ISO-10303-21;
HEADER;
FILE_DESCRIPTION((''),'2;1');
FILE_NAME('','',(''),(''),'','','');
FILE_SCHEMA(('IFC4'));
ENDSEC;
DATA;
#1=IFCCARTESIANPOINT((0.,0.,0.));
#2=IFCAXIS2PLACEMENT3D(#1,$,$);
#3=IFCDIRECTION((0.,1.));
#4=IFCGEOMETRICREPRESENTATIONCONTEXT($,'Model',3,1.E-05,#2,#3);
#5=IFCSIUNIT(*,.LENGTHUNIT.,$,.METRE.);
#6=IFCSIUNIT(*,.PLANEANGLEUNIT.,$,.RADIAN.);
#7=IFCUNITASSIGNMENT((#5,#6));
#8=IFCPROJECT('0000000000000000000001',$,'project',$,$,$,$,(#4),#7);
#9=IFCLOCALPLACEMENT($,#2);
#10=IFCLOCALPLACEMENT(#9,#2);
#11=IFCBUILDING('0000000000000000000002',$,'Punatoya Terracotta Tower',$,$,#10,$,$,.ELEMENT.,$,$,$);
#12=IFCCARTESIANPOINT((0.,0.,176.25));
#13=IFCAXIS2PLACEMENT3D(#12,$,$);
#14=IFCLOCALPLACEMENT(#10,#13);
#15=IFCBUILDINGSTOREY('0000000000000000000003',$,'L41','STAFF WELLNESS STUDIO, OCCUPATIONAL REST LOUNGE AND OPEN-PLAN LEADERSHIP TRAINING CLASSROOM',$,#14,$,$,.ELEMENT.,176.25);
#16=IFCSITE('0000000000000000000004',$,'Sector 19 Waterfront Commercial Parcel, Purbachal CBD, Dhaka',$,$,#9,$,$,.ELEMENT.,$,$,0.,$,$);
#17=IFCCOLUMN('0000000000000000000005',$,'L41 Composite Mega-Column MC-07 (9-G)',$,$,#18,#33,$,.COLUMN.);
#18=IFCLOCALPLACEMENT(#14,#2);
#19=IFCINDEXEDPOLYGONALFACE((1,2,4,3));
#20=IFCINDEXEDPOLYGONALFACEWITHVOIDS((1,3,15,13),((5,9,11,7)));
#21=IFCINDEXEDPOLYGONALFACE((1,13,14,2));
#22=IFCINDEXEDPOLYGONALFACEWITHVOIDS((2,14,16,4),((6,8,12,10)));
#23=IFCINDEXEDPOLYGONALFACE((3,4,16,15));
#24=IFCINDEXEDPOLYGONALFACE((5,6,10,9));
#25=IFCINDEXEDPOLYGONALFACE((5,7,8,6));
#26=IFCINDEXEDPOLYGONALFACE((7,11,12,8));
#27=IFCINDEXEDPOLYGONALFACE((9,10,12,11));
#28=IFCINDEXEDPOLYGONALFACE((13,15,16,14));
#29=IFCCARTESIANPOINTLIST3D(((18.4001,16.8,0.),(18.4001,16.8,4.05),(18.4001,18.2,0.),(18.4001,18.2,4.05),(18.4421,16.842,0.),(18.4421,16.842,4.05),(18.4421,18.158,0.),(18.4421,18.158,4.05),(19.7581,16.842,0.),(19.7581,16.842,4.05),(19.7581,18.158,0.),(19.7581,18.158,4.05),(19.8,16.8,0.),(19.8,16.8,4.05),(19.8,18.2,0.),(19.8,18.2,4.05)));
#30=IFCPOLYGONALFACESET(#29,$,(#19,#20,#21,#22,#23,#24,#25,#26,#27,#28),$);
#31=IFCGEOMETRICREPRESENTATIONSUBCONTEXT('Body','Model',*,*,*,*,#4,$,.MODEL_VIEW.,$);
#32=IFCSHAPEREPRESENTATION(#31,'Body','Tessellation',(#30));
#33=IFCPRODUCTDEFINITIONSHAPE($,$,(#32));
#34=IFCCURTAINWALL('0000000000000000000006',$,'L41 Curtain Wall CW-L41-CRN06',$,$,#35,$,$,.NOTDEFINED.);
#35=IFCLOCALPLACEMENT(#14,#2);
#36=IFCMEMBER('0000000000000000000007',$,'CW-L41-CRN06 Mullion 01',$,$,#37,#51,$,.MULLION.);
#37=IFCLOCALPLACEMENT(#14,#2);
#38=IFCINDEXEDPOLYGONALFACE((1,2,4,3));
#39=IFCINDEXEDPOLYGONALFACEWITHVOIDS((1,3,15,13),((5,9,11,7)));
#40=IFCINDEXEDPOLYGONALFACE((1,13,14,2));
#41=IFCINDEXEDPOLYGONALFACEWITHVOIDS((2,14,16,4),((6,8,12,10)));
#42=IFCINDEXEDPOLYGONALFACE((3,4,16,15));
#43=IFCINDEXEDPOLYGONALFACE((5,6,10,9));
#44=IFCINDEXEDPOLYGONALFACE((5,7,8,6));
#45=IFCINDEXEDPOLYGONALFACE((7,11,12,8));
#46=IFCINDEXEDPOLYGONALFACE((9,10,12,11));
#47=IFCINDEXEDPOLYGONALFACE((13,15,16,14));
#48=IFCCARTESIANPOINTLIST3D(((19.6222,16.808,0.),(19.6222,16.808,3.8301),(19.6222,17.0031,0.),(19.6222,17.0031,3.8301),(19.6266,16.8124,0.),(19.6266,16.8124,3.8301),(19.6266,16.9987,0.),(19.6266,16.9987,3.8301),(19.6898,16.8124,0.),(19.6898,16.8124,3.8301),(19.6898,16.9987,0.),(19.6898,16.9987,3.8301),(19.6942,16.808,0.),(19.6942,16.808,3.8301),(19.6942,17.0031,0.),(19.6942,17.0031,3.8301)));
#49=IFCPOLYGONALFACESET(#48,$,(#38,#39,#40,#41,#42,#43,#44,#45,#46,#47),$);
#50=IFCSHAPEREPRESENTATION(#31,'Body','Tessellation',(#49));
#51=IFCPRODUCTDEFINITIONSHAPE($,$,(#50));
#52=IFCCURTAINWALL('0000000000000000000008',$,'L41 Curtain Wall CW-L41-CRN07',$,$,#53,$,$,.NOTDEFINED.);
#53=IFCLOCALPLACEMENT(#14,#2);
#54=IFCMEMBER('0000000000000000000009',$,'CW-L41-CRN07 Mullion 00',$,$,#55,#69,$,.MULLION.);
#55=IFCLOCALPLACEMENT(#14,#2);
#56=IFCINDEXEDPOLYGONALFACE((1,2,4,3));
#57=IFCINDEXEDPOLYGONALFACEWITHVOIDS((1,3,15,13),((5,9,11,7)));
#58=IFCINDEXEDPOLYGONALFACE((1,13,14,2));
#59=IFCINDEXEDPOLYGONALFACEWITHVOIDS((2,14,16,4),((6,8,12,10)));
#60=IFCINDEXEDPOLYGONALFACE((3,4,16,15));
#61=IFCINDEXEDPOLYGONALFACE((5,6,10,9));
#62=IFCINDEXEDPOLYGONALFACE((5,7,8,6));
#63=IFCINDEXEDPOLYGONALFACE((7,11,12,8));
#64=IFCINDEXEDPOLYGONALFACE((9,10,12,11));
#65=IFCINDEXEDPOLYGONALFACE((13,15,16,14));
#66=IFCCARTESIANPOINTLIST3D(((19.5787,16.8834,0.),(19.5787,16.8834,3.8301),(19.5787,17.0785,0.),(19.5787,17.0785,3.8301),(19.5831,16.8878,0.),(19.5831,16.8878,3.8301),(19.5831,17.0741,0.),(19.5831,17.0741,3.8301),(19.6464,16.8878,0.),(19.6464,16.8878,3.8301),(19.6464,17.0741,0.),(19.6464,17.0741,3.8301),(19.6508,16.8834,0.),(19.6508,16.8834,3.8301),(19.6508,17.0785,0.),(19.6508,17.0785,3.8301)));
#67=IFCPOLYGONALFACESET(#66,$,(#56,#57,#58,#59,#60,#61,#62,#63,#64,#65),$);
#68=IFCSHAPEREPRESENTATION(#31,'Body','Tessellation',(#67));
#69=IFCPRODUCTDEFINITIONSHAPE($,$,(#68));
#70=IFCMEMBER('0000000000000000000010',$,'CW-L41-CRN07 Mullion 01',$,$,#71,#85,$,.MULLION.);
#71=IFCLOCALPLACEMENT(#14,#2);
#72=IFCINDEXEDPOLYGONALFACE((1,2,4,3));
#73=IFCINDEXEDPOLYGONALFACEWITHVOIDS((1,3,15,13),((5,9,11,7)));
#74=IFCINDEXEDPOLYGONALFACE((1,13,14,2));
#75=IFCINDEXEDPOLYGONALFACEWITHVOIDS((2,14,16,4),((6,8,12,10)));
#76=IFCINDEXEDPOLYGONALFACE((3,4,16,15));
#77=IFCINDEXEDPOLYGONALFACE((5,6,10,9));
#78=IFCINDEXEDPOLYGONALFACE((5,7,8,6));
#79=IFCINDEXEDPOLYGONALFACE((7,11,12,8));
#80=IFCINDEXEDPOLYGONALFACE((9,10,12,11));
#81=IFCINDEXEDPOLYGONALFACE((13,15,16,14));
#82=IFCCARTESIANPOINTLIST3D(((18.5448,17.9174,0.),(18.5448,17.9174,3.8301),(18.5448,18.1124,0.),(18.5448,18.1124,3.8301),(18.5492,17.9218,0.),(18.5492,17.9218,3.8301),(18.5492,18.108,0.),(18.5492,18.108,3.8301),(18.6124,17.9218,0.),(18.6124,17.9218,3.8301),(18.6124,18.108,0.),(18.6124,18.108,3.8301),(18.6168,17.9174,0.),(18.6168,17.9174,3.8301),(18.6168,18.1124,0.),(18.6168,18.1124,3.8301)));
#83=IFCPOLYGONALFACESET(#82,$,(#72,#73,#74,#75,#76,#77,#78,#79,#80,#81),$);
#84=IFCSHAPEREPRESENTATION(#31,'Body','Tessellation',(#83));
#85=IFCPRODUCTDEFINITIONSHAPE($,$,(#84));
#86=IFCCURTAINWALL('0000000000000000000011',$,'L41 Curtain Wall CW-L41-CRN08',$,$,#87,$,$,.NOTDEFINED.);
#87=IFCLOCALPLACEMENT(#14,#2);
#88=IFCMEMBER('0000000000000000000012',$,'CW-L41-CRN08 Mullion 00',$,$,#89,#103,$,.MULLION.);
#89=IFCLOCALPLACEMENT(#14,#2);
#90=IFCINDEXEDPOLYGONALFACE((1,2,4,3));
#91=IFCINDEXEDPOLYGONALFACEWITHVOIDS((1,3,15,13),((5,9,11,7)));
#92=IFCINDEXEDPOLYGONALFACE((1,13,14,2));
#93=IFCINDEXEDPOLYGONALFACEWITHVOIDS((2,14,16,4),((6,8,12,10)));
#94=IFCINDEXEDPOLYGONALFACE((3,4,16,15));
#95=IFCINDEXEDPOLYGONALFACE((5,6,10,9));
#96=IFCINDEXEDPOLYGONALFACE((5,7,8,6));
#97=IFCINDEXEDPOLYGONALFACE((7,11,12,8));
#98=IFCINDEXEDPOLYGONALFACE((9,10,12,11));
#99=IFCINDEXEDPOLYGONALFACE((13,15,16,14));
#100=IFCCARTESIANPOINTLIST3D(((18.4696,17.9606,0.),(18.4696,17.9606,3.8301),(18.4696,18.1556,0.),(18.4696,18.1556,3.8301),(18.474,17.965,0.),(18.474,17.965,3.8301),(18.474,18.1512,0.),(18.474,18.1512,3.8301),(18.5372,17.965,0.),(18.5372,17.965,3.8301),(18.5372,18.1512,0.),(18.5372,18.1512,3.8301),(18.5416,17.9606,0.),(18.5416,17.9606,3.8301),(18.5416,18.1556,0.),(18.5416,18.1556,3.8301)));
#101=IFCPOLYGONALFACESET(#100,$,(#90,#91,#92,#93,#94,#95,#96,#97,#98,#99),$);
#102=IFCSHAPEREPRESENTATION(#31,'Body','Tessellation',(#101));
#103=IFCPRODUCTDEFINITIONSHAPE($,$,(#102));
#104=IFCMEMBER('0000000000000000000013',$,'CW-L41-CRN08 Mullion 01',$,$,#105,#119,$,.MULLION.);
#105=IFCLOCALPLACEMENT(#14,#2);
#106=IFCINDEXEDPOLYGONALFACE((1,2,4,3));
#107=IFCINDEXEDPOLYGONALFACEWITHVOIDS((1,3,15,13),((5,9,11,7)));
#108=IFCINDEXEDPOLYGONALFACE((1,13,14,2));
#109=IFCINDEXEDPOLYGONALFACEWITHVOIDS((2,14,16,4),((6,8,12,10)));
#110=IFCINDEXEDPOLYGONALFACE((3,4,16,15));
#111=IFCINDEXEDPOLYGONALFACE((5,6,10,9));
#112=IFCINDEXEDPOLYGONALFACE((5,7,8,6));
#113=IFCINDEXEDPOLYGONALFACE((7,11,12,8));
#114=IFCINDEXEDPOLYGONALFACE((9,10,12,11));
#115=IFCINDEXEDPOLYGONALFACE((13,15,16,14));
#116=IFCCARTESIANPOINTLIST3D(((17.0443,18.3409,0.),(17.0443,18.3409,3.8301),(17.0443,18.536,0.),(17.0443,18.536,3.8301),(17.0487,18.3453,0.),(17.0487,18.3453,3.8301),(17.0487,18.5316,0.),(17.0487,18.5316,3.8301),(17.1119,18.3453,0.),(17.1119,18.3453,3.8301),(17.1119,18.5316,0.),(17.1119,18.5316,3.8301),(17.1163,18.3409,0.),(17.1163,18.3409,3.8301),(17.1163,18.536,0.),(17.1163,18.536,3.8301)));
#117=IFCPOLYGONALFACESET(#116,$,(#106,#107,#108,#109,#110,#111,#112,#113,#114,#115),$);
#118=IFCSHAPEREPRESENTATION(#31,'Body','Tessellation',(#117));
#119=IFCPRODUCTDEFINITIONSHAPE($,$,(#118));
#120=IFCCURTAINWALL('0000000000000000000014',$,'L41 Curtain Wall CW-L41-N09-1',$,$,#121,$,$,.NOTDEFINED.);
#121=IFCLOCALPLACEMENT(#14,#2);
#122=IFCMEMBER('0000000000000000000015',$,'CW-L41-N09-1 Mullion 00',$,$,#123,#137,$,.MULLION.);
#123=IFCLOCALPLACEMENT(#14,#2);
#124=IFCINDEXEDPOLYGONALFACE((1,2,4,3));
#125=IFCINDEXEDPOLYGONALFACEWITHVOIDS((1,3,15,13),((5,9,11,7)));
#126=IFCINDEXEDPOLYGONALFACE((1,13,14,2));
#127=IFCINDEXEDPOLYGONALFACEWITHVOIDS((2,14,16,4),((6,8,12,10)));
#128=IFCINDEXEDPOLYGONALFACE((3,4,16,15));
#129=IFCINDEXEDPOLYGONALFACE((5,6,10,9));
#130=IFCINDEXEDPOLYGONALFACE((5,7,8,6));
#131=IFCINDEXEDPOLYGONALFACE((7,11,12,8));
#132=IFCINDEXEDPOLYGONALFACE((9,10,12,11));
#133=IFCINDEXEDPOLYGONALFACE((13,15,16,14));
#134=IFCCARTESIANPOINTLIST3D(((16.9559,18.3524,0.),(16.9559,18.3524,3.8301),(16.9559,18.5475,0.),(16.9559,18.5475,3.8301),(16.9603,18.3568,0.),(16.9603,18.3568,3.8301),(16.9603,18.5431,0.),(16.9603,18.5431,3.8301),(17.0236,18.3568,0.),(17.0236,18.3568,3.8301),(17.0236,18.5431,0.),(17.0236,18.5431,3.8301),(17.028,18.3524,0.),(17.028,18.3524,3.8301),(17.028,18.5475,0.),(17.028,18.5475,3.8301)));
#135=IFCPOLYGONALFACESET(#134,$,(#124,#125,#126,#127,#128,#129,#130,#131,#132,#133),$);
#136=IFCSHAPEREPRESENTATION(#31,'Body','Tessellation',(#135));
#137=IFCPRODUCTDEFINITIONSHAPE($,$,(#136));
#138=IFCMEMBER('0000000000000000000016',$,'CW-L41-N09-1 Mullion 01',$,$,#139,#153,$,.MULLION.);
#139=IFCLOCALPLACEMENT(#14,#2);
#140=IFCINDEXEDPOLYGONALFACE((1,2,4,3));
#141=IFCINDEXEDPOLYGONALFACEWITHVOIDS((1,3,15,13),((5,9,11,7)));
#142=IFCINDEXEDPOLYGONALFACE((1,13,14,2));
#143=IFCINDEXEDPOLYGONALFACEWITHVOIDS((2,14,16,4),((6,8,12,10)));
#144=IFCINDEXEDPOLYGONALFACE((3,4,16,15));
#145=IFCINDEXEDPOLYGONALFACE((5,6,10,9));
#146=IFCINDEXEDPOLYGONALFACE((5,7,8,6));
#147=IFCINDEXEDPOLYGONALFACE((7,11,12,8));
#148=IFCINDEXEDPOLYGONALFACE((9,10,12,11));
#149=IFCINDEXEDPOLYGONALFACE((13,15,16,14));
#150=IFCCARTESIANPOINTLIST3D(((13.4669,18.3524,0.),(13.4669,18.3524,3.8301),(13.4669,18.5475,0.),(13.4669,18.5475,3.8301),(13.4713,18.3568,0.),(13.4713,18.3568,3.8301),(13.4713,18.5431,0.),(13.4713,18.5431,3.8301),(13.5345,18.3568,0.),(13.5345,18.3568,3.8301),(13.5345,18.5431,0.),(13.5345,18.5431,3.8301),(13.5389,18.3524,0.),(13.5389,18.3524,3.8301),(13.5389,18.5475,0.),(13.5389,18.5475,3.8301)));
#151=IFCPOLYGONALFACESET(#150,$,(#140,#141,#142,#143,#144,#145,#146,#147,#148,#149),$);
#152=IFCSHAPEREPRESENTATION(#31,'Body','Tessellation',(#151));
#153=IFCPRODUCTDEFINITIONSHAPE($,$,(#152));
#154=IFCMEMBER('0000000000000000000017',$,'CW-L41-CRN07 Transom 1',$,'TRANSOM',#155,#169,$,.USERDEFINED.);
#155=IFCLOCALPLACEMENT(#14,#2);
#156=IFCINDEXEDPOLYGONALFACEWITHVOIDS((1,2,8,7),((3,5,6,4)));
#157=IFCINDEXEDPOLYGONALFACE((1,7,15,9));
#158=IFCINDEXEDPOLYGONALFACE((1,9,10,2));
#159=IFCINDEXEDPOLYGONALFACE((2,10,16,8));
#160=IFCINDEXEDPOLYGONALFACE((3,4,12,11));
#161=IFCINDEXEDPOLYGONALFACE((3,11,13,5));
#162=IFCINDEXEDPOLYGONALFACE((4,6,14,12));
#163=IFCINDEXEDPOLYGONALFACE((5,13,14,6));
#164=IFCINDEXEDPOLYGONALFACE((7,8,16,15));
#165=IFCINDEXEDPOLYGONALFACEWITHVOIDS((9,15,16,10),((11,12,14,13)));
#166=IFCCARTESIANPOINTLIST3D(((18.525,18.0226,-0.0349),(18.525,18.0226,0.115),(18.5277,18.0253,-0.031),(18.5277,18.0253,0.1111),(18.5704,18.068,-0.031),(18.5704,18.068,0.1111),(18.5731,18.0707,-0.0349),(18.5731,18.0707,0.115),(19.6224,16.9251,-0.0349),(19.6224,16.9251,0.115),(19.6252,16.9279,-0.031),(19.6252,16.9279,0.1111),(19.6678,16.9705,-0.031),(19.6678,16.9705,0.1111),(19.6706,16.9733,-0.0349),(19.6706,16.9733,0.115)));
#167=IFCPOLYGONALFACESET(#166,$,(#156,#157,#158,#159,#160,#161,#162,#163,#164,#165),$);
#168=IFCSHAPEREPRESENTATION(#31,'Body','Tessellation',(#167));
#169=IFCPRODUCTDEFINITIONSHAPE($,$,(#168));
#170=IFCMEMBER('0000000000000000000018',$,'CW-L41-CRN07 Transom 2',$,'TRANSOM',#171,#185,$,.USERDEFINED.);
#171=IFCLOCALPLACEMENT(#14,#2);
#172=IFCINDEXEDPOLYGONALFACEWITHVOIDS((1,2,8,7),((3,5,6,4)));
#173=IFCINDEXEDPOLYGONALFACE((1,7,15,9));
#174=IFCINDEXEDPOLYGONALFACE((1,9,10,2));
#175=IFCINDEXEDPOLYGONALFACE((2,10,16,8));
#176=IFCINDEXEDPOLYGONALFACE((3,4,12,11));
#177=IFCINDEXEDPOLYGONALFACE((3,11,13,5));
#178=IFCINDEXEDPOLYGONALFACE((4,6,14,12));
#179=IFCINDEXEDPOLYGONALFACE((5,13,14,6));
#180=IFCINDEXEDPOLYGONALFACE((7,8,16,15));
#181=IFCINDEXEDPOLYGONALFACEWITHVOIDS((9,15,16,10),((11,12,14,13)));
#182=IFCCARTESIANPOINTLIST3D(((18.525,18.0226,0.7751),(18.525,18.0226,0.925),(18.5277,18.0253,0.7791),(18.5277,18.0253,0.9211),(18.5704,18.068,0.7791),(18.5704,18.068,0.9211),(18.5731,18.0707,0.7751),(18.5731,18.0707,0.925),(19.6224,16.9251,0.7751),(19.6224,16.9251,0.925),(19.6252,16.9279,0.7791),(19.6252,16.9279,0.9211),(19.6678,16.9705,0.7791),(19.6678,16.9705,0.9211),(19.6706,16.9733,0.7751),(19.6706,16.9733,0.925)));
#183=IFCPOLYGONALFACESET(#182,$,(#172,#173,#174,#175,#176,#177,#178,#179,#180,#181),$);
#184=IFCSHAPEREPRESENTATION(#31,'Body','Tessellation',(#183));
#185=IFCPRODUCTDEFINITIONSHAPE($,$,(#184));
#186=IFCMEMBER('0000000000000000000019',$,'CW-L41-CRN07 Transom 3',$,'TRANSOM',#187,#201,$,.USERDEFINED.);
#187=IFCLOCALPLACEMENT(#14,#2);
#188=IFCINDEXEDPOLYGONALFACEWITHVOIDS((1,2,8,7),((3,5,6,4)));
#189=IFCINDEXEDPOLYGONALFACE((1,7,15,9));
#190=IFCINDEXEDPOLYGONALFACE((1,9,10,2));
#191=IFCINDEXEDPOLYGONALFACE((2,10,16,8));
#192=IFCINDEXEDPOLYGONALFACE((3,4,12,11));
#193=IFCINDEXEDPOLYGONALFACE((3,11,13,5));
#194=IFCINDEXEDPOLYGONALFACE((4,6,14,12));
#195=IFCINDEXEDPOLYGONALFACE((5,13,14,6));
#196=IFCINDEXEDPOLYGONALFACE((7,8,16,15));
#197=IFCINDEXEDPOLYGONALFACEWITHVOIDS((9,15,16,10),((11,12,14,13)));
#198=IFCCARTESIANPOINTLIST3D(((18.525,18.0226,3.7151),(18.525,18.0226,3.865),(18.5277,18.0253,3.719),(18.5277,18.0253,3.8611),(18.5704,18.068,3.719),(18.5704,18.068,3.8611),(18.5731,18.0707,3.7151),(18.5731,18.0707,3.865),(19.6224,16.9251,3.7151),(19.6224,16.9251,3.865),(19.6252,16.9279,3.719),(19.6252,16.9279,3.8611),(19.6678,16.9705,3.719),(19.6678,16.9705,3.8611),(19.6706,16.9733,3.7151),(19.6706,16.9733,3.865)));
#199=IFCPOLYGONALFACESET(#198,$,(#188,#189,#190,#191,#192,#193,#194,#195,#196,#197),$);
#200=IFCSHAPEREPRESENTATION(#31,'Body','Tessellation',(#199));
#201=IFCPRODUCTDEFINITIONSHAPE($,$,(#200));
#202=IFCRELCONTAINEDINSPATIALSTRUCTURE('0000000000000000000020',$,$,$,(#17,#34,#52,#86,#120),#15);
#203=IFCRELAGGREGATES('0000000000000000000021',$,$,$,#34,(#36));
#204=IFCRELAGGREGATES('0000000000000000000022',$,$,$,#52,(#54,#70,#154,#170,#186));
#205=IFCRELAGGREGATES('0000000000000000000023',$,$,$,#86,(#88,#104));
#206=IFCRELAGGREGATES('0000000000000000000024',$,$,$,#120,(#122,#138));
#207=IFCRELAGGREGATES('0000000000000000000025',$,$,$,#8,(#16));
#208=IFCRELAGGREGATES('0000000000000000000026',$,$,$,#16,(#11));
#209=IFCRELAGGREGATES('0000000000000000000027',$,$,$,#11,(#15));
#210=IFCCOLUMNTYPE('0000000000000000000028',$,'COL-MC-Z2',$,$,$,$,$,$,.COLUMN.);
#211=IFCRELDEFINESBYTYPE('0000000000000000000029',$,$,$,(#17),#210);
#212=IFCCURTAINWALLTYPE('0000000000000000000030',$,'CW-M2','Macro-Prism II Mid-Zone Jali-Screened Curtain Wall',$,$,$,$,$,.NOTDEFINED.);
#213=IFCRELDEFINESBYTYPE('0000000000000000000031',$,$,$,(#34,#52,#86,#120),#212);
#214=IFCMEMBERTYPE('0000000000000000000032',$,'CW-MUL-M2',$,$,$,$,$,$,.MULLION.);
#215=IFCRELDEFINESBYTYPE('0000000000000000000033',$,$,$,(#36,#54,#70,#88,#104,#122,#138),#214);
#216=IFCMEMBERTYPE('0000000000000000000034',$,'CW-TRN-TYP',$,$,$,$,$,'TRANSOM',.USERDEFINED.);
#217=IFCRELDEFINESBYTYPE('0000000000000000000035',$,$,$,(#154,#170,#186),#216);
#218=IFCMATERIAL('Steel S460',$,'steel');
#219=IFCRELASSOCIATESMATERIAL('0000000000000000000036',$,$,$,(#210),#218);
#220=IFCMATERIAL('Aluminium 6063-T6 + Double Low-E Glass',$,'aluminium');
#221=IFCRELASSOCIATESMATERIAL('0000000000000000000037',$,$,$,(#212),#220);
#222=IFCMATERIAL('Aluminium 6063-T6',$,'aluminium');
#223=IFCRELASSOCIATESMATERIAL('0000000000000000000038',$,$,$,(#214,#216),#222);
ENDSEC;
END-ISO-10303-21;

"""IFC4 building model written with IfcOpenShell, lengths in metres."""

from ifc_helpers import new_model, si_unit, direction, frame, origin, origin_2d, place, context, subcontext, project, spatial, hollow_rectangle, extrude, material, material_profile, profile_set, type_object, element, aggregate, save


model = new_model("IFC4")

# Units and contexts
model_context = context("Model", 3, precision=1e-05, world=origin(), true_north=direction((0.0, 1.0)))
body_context = subcontext(model_context, "Body", "Model", "MODEL_VIEW")
ifc_project = project(units=[si_unit("LENGTHUNIT", "METRE"), si_unit("PLANEANGLEUNIT", "RADIAN")], contexts=[model_context])

# Site, building, storey
site_placement = place(None, origin())
site = spatial("IfcSite", under=ifc_project, at=site_placement, Name="Sector 19 Waterfront Commercial Parcel, Purbachal CBD, Dhaka", CompositionType="ELEMENT", RefElevation=0.0)
building_placement = place(site_placement, origin())
building = spatial("IfcBuilding", under=site, at=building_placement, Name="Punatoya Terracotta Tower", CompositionType="ELEMENT")
storey_placement = place(building_placement, frame((0.0, 0.0, 176.25)))
storey = spatial("IfcBuildingStorey", under=building, at=storey_placement, Name="L41", Description="STAFF WELLNESS STUDIO, OCCUPATIONAL REST LOUNGE AND OPEN-PLAN LEADERSHIP TRAINING CLASSROOM", CompositionType="ELEMENT", Elevation=176.25)

# Column
ifc_material_1 = material(Name="Steel S460", Category="steel")
ifc_material_profile_1 = material_profile(ifc_material_1, hollow_rectangle(XDim=1.3999, YDim=1.3999, WallThickness=0.042, at=origin_2d()))
ifc_profile_set_1 = profile_set([ifc_material_profile_1], Name="Steel S460")
column_type = type_object("IfcColumnType", Name="COL-MC-Z2", PredefinedType="COLUMN", material=ifc_profile_set_1)
column_placement = place(storey_placement, frame((19.1001, 17.5, 0.0), z_axis=(0.0, 0.0, 1.0), x_axis=(1.0, 0.0, 0.0)))
element("IfcColumn", 1, at=column_placement, inside=storey, type_object=column_type, Name="L41 Composite Mega-Column MC-07 (9-G)", PredefinedType="COLUMN", context=body_context, shape_type="SweptSolid", body=[
    extrude(hollow_rectangle(XDim=1.3999, YDim=1.3999, WallThickness=0.042, at=origin_2d()), origin(), (0.0, 0.0, 1.0), 4.05),
])

# Curtain wall, member
ifc_material_2 = material(Name="Aluminium 6063-T6 + Double Low-E Glass", Category="aluminium")
curtain_wall_type = type_object("IfcCurtainWallType", Name="CW-M2", Description="Macro-Prism II Mid-Zone Jali-Screened Curtain Wall", PredefinedType="NOTDEFINED", material=ifc_material_2)
curtain_wall_1_placement = place(storey_placement, origin())
curtain_wall_1 = element("IfcCurtainWall", 2, at=curtain_wall_1_placement, inside=storey, type_object=curtain_wall_type, Name="L41 Curtain Wall CW-L41-CRN06", PredefinedType="NOTDEFINED")
ifc_material_3 = material(Name="Aluminium 6063-T6", Category="aluminium")
ifc_material_profile_2 = material_profile(ifc_material_3, hollow_rectangle(XDim=0.072, YDim=0.1951, WallThickness=0.0044, at=origin_2d()))
ifc_profile_set_2 = profile_set([ifc_material_profile_2], Name="Aluminium 6063-T6")
member_type_1 = type_object("IfcMemberType", Name="CW-MUL-M2", PredefinedType="MULLION", material=ifc_profile_set_2)
member_1_placement = place(storey_placement, frame((19.6582, 16.9055, 0.0), z_axis=(0.0, 0.0, 1.0), x_axis=(1.0, 0.0, 0.0)))
member_1 = element("IfcMember", 3, at=member_1_placement, type_object=member_type_1, Name="CW-L41-CRN06 Mullion 01", PredefinedType="MULLION", context=body_context, shape_type="SweptSolid", body=[
    extrude(hollow_rectangle(XDim=0.072, YDim=0.1951, WallThickness=0.0044, at=origin_2d()), origin(), (0.0, 0.0, 1.0), 3.8301),
])

# Curtain walls, members
curtain_wall_2_placement = place(storey_placement, origin())
curtain_wall_2 = element("IfcCurtainWall", 4, at=curtain_wall_2_placement, inside=storey, type_object=curtain_wall_type, Name="L41 Curtain Wall CW-L41-CRN07", PredefinedType="NOTDEFINED")
member_2_placement = place(storey_placement, frame((19.6147, 16.981, 0.0), z_axis=(0.0, 0.0, 1.0), x_axis=(1.0, 0.0, 0.0)))
member_2 = element("IfcMember", 5, at=member_2_placement, type_object=member_type_1, Name="CW-L41-CRN07 Mullion 00", PredefinedType="MULLION", context=body_context, shape_type="SweptSolid", body=[
    extrude(hollow_rectangle(XDim=0.072, YDim=0.1951, WallThickness=0.0044, at=origin_2d()), origin(), (0.0, 0.0, 1.0), 3.8301),
])
member_3_placement = place(storey_placement, frame((18.5808, 18.0149, 0.0), z_axis=(0.0, 0.0, 1.0), x_axis=(1.0, 0.0, 0.0)))
member_3 = element("IfcMember", 6, at=member_3_placement, type_object=member_type_1, Name="CW-L41-CRN07 Mullion 01", PredefinedType="MULLION", context=body_context, shape_type="SweptSolid", body=[
    extrude(hollow_rectangle(XDim=0.072, YDim=0.1951, WallThickness=0.0044, at=origin_2d()), origin(), (0.0, 0.0, 1.0), 3.8301),
])
curtain_wall_3_placement = place(storey_placement, origin())
curtain_wall_3 = element("IfcCurtainWall", 7, at=curtain_wall_3_placement, inside=storey, type_object=curtain_wall_type, Name="L41 Curtain Wall CW-L41-CRN08", PredefinedType="NOTDEFINED")
member_4_placement = place(storey_placement, frame((18.5056, 18.0581, 0.0), z_axis=(0.0, 0.0, 1.0), x_axis=(1.0, 0.0, 0.0)))
member_4 = element("IfcMember", 8, at=member_4_placement, type_object=member_type_1, Name="CW-L41-CRN08 Mullion 00", PredefinedType="MULLION", context=body_context, shape_type="SweptSolid", body=[
    extrude(hollow_rectangle(XDim=0.072, YDim=0.1951, WallThickness=0.0044, at=origin_2d()), origin(), (0.0, 0.0, 1.0), 3.8301),
])
member_5_placement = place(storey_placement, frame((17.0803, 18.4385, 0.0), z_axis=(0.0, 0.0, 1.0), x_axis=(1.0, 0.0, 0.0)))
member_5 = element("IfcMember", 9, at=member_5_placement, type_object=member_type_1, Name="CW-L41-CRN08 Mullion 01", PredefinedType="MULLION", context=body_context, shape_type="SweptSolid", body=[
    extrude(hollow_rectangle(XDim=0.072, YDim=0.1951, WallThickness=0.0044, at=origin_2d()), origin(), (0.0, 0.0, 1.0), 3.8301),
])
curtain_wall_4_placement = place(storey_placement, origin())
curtain_wall_4 = element("IfcCurtainWall", 10, at=curtain_wall_4_placement, inside=storey, type_object=curtain_wall_type, Name="L41 Curtain Wall CW-L41-N09-1", PredefinedType="NOTDEFINED")
member_6_placement = place(storey_placement, frame((16.9919, 18.45, 0.0), z_axis=(0.0, 0.0, 1.0), x_axis=(1.0, 0.0, 0.0)))
member_6 = element("IfcMember", 11, at=member_6_placement, type_object=member_type_1, Name="CW-L41-N09-1 Mullion 00", PredefinedType="MULLION", context=body_context, shape_type="SweptSolid", body=[
    extrude(hollow_rectangle(XDim=0.072, YDim=0.1951, WallThickness=0.0044, at=origin_2d()), origin(), (0.0, 0.0, 1.0), 3.8301),
])
member_7_placement = place(storey_placement, frame((13.5029, 18.45, 0.0), z_axis=(0.0, 0.0, 1.0), x_axis=(1.0, 0.0, 0.0)))
member_7 = element("IfcMember", 12, at=member_7_placement, type_object=member_type_1, Name="CW-L41-N09-1 Mullion 01", PredefinedType="MULLION", context=body_context, shape_type="SweptSolid", body=[
    extrude(hollow_rectangle(XDim=0.072, YDim=0.1951, WallThickness=0.0044, at=origin_2d()), origin(), (0.0, 0.0, 1.0), 3.8301),
])

# Members
ifc_material_profile_3 = material_profile(ifc_material_3, hollow_rectangle(XDim=0.0681, YDim=0.1499, WallThickness=0.0039, at=origin_2d()))
ifc_profile_set_3 = profile_set([ifc_material_profile_3], Name="Aluminium 6063-T6")
member_type_2 = type_object("IfcMemberType", Name="CW-TRN-TYP", ElementType="TRANSOM", PredefinedType="USERDEFINED", material=ifc_profile_set_3)
member_8_placement = place(storey_placement, frame((19.6465, 16.9492, 0.04), z_axis=(-0.707107, 0.707107, 0.0), x_axis=(-0.707107, -0.707107, 0.0)))
member_8 = element("IfcMember", 13, at=member_8_placement, type_object=member_type_2, Name="CW-L41-CRN07 Transom 1", ObjectType="TRANSOM", PredefinedType="USERDEFINED", context=body_context, shape_type="SweptSolid", body=[
    extrude(hollow_rectangle(XDim=0.0681, YDim=0.1499, WallThickness=0.0039, at=origin_2d()), origin(), (0.0, 0.0, 1.0), 1.552),
])
member_9_placement = place(storey_placement, frame((19.6465, 16.9492, 0.8501), z_axis=(-0.707107, 0.707107, 0.0), x_axis=(-0.707107, -0.707107, 0.0)))
member_9 = element("IfcMember", 14, at=member_9_placement, type_object=member_type_2, Name="CW-L41-CRN07 Transom 2", ObjectType="TRANSOM", PredefinedType="USERDEFINED", context=body_context, shape_type="SweptSolid", body=[
    extrude(hollow_rectangle(XDim=0.0681, YDim=0.1499, WallThickness=0.0039, at=origin_2d()), origin(), (0.0, 0.0, 1.0), 1.552),
])
member_10_placement = place(storey_placement, frame((19.6465, 16.9492, 3.79), z_axis=(-0.707107, 0.707107, 0.0), x_axis=(-0.707107, -0.707107, 0.0)))
member_10 = element("IfcMember", 15, at=member_10_placement, type_object=member_type_2, Name="CW-L41-CRN07 Transom 3", ObjectType="TRANSOM", PredefinedType="USERDEFINED", context=body_context, shape_type="SweptSolid", body=[
    extrude(hollow_rectangle(XDim=0.0681, YDim=0.1499, WallThickness=0.0039, at=origin_2d()), origin(), (0.0, 0.0, 1.0), 1.552),
])

aggregate(curtain_wall_1, [member_1])
aggregate(curtain_wall_2, [member_2, member_3, member_8, member_9, member_10])
aggregate(curtain_wall_3, [member_4, member_5])
aggregate(curtain_wall_4, [member_6, member_7])

save(model, "model.ifc")
